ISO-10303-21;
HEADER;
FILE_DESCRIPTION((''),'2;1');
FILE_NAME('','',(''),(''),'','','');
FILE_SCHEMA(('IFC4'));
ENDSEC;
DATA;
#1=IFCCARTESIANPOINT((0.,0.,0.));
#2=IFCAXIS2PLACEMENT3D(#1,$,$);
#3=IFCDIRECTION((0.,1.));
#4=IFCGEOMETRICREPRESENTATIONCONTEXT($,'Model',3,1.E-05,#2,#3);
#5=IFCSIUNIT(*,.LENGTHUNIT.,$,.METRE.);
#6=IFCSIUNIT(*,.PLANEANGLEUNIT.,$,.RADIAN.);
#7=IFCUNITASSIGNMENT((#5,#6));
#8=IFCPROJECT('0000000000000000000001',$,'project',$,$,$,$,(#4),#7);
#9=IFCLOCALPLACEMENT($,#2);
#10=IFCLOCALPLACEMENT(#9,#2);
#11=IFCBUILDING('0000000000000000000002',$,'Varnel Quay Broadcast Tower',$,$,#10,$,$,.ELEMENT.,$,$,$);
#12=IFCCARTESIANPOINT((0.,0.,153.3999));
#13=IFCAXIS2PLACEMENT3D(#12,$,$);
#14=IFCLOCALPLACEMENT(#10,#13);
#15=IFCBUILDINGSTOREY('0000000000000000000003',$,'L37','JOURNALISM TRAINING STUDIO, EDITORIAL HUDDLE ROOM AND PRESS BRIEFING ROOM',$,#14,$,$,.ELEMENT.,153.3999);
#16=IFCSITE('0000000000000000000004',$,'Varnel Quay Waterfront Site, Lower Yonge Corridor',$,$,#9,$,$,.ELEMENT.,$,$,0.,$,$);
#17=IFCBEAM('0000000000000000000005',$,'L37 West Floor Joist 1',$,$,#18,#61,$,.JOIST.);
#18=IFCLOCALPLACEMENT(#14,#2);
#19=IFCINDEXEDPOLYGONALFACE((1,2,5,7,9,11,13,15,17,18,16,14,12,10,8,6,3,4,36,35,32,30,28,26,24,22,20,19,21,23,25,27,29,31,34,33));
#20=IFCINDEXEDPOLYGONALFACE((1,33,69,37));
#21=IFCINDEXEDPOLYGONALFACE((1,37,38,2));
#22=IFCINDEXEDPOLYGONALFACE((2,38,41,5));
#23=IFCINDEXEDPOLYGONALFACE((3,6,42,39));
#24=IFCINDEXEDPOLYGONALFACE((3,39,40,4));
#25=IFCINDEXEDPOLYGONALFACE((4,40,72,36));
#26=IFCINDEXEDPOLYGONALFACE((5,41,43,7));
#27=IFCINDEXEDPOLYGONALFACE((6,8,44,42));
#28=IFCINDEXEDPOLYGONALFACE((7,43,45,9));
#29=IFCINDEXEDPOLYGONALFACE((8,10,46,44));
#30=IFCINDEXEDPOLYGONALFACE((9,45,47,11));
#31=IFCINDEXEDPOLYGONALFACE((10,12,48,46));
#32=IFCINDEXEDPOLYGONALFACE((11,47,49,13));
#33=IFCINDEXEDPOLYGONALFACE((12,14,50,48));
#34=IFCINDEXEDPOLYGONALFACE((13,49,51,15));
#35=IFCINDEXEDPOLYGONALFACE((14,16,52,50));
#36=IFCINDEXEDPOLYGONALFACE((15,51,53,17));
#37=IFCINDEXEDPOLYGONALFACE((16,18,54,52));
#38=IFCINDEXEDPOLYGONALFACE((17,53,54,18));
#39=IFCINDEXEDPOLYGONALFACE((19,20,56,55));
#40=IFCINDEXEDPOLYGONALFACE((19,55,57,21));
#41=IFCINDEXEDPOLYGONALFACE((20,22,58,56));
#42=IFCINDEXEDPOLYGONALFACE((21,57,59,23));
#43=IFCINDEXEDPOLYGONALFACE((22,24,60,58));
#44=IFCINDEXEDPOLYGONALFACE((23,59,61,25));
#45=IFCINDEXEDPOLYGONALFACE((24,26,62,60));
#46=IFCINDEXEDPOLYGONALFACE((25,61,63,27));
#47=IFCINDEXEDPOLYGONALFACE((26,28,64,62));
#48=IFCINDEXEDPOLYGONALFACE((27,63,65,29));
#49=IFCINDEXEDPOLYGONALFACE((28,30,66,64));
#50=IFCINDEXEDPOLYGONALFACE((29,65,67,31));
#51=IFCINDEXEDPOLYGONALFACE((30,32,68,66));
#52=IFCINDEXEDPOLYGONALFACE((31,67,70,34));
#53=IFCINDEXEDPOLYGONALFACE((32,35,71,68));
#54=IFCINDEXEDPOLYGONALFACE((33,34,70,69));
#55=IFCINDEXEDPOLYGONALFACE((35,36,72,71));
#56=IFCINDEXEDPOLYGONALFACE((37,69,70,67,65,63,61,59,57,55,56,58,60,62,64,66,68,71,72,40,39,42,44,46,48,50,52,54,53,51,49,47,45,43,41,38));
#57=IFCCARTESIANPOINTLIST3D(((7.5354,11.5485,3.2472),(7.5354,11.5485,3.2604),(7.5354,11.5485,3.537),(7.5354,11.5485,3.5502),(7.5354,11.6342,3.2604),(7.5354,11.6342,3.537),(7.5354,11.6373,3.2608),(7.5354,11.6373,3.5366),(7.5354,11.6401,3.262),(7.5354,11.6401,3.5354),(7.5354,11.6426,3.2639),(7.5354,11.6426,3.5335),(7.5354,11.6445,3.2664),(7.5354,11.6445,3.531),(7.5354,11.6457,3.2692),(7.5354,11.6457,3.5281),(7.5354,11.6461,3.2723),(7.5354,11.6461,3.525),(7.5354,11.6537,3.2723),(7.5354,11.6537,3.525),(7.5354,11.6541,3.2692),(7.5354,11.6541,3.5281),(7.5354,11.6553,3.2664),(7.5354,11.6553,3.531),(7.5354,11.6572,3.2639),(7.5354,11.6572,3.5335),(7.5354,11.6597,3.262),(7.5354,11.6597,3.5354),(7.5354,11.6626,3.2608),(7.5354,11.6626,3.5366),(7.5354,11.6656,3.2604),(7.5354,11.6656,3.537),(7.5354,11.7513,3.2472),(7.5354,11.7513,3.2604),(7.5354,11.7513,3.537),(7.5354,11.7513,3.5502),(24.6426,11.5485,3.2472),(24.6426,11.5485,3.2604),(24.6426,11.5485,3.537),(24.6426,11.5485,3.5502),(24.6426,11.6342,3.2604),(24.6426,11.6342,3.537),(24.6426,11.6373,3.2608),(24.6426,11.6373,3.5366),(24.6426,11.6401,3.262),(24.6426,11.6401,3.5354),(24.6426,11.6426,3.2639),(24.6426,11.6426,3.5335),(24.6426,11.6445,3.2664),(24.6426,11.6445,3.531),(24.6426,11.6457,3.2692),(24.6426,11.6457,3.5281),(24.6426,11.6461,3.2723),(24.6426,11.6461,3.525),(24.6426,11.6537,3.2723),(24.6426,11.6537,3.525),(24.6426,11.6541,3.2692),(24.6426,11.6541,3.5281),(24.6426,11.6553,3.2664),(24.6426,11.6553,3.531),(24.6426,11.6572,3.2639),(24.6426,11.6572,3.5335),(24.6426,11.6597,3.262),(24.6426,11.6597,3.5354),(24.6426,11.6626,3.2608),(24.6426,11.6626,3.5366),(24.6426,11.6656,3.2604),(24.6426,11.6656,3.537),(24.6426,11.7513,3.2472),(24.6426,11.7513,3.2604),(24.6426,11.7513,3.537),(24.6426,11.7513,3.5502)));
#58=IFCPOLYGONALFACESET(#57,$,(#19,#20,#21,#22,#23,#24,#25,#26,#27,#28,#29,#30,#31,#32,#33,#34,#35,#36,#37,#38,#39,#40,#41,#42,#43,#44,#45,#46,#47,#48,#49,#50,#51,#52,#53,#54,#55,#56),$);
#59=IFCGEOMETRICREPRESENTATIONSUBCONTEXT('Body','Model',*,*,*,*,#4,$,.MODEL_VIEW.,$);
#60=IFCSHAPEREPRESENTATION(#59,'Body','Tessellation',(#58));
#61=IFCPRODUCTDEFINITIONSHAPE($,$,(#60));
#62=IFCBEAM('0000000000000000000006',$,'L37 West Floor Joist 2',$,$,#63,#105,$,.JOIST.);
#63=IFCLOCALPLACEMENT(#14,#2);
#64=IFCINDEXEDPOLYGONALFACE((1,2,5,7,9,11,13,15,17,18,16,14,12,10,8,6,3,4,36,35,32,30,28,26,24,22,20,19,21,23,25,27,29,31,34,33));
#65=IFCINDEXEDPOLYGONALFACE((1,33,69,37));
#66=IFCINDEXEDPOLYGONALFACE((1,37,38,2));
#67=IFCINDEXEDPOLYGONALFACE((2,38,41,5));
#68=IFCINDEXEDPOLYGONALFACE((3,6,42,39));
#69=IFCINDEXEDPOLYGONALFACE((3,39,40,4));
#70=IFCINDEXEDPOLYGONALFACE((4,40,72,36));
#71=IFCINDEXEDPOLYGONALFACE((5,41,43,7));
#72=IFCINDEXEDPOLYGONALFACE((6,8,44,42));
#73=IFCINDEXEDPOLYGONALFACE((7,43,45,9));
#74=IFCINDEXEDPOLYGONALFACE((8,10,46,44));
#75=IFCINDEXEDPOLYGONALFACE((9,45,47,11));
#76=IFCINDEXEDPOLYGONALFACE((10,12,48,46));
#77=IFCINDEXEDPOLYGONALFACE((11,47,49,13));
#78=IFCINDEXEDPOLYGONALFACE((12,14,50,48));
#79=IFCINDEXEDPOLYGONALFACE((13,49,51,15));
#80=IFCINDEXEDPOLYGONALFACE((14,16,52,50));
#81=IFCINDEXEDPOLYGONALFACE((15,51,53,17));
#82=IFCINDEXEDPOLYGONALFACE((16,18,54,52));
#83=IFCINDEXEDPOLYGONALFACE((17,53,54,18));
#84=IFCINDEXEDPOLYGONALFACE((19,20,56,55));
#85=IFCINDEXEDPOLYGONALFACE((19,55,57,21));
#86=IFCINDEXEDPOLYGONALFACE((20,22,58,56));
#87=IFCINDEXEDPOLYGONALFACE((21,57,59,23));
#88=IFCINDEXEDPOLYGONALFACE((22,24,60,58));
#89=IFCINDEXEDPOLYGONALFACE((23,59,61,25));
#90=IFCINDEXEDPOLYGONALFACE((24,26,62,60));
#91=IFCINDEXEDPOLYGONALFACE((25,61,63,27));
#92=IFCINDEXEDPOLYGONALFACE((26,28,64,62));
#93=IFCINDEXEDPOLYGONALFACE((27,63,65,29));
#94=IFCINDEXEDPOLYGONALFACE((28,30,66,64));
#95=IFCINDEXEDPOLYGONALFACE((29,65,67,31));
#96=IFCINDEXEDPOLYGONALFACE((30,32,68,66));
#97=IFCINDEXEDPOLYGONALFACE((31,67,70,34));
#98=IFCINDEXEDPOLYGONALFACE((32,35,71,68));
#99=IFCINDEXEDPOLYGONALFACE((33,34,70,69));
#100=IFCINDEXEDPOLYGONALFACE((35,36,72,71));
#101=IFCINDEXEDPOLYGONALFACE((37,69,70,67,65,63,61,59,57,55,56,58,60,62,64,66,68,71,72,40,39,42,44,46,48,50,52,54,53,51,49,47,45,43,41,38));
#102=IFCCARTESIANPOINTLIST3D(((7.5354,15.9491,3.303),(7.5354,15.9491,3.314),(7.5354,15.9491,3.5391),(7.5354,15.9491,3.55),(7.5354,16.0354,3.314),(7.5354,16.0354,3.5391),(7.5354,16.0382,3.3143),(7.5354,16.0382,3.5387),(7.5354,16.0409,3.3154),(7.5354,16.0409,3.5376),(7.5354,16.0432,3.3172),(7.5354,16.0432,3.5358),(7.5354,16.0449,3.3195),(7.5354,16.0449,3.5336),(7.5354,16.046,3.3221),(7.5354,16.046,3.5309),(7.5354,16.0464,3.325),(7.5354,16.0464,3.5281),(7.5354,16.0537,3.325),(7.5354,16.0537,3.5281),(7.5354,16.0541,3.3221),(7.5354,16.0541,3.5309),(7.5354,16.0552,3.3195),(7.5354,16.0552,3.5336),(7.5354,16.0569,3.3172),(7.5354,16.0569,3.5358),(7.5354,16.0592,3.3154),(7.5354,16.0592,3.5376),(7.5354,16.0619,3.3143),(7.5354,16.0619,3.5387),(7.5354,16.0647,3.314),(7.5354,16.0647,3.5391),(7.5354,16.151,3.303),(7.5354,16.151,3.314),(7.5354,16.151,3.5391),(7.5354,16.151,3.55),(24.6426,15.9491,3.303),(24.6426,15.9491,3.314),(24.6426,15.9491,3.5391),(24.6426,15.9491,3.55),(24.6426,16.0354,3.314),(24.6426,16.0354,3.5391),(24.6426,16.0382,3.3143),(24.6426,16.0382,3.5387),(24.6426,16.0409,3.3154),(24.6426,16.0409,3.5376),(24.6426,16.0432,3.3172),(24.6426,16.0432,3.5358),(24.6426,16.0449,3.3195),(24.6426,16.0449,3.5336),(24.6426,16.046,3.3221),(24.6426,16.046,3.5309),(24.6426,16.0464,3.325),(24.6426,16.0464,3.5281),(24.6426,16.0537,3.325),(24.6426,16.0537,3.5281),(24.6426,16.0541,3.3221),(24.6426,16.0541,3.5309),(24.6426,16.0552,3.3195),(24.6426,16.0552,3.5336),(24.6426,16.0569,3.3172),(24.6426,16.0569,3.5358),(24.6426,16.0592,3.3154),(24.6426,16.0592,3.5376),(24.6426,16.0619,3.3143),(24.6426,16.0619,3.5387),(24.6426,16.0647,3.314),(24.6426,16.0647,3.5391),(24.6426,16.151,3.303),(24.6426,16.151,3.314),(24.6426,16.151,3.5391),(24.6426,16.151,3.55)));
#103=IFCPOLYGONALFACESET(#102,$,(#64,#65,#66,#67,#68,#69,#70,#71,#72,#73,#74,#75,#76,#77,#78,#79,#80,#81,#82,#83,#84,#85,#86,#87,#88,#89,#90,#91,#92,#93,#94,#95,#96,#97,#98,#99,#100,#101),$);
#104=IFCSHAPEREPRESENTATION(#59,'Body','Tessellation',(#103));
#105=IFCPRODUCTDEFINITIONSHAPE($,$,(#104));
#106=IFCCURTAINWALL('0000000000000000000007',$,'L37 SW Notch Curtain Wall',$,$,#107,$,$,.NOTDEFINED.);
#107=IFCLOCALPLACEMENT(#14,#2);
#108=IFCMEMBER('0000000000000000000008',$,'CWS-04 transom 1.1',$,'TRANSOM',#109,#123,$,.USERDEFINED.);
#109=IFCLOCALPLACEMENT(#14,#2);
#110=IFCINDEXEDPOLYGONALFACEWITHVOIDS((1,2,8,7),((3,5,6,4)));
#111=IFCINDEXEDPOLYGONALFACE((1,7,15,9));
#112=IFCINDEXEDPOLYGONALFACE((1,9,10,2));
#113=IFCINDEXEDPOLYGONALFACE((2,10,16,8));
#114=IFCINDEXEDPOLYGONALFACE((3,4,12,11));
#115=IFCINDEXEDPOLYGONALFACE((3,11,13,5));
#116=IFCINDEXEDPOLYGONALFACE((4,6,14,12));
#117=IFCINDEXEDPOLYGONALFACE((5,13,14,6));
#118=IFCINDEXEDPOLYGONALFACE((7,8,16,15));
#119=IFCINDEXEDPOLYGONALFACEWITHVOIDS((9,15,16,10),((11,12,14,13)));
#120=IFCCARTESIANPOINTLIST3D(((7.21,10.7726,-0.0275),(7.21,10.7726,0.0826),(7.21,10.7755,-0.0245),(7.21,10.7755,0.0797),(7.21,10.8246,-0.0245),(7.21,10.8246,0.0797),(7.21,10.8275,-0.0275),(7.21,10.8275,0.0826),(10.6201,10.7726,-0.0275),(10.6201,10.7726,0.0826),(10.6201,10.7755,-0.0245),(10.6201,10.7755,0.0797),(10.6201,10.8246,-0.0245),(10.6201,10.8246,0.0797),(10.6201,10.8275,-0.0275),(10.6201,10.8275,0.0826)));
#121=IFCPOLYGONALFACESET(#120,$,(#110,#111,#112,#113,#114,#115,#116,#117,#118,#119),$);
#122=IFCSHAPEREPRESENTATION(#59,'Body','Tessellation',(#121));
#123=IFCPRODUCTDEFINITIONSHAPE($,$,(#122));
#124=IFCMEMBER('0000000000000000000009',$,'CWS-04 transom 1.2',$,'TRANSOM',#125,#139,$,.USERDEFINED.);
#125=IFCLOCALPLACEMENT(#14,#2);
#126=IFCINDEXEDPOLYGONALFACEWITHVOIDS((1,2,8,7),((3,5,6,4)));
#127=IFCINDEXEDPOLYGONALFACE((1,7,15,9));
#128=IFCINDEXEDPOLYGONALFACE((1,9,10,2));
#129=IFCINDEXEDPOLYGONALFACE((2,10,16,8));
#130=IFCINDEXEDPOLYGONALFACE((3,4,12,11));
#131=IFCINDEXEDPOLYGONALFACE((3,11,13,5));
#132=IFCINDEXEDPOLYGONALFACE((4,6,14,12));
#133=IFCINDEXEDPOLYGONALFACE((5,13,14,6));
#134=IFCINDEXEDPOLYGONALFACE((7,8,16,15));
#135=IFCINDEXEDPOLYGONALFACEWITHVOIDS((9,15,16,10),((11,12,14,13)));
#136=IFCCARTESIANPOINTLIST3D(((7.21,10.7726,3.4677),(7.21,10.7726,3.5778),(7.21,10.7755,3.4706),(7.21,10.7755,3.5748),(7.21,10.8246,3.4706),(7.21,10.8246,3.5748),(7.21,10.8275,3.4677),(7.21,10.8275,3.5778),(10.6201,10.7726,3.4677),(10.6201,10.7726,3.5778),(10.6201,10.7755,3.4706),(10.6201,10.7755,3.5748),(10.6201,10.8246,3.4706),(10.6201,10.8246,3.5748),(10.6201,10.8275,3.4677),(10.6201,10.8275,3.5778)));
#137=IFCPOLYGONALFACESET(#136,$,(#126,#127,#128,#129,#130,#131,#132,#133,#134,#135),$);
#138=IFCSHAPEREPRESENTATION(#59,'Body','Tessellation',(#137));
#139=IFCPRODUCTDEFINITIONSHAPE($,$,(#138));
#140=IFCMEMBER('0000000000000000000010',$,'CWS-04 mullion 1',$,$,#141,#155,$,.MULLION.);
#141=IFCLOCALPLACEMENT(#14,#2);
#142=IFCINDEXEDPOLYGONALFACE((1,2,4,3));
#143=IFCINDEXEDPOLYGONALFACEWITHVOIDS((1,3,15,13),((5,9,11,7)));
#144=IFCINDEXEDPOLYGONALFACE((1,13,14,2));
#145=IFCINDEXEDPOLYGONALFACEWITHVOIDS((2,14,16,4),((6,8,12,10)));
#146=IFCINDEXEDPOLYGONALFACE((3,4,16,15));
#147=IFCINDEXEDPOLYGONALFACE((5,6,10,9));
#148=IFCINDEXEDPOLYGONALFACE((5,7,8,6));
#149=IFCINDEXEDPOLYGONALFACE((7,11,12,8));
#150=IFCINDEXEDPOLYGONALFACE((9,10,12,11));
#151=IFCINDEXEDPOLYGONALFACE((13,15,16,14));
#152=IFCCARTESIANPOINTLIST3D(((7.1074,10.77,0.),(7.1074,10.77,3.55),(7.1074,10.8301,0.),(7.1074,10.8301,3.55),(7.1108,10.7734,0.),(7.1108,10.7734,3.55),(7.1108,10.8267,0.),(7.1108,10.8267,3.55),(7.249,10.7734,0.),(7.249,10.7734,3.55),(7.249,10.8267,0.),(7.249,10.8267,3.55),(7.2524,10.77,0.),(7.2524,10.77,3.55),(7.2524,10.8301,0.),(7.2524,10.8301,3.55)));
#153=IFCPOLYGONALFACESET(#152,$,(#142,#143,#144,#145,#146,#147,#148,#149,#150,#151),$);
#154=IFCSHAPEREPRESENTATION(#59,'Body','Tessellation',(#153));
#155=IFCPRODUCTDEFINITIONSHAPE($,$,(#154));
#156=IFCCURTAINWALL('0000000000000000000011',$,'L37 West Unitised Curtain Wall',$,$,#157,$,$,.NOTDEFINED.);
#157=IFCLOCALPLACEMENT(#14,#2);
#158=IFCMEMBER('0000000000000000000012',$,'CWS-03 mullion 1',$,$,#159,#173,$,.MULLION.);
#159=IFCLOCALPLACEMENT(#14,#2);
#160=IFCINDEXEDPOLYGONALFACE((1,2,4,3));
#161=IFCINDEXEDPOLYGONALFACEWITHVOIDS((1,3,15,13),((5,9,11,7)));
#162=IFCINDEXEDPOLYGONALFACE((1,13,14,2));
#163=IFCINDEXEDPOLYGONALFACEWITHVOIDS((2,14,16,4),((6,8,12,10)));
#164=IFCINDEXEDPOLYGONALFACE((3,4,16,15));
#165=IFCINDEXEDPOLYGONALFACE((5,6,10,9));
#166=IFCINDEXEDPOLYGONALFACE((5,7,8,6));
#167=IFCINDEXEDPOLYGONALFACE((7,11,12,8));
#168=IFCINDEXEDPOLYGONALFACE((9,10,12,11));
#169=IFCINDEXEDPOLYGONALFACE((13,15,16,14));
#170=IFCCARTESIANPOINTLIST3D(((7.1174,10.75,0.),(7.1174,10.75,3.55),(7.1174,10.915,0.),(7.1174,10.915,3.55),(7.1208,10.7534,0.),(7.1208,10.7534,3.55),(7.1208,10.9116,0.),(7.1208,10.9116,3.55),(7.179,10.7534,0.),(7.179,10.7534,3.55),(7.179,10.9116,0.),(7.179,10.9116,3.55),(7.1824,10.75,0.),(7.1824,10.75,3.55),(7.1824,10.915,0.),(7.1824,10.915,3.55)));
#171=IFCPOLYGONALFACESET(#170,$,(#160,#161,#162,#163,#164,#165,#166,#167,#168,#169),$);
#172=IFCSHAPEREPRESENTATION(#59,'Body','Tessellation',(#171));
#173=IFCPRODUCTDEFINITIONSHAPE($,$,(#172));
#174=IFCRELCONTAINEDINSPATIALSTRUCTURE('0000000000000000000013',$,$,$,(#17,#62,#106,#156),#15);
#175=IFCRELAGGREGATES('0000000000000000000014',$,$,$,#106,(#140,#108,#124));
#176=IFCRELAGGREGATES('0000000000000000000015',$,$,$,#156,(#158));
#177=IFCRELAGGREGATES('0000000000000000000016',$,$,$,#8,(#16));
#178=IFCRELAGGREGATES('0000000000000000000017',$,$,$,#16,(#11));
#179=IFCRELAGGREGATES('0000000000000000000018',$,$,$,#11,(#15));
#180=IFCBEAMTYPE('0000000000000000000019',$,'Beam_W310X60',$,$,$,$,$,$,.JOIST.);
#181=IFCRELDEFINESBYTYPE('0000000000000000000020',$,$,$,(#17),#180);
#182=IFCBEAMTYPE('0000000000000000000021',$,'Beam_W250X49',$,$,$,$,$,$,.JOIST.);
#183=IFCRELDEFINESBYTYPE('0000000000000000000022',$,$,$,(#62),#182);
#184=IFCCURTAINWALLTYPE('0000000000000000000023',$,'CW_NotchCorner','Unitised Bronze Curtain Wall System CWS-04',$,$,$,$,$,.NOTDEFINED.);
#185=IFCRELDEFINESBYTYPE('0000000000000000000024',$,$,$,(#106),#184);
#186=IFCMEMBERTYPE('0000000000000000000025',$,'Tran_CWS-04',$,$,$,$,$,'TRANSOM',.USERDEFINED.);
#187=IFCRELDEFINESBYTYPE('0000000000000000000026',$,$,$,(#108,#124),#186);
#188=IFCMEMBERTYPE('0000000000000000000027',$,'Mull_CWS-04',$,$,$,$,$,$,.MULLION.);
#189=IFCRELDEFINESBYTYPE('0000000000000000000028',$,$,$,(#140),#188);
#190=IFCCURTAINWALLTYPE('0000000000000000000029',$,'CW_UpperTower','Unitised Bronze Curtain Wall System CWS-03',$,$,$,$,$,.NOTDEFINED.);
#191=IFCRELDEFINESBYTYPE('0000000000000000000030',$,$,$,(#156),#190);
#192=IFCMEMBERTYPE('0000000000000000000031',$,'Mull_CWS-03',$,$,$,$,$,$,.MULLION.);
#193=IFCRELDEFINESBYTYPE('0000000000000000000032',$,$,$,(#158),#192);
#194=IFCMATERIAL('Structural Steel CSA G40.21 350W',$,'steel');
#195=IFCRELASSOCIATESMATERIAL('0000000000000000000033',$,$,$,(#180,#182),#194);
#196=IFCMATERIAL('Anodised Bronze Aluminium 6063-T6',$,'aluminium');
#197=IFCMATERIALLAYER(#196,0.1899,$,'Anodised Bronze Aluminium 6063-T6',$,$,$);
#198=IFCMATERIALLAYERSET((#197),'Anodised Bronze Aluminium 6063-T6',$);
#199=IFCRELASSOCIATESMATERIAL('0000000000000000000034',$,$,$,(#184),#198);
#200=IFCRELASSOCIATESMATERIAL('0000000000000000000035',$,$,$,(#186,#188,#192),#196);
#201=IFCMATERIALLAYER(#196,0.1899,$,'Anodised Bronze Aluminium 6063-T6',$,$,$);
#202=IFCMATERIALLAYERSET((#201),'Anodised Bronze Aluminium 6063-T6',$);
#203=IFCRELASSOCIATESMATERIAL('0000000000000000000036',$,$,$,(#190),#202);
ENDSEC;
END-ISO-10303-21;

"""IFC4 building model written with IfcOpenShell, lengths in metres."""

from ifc_helpers import new_model, si_unit, direction, frame, origin, origin_2d, place, context, subcontext, project, spatial, hollow_rectangle, i_section, extrude, source, transform, mapped, material, layer, layer_set, material_profile, profile_set, type_object, type_shapes, element, aggregate, save


model = new_model("IFC4")

# Units and contexts
model_context = context("Model", 3, precision=1e-05, world=origin(), true_north=direction((0.0, 1.0)))
body_context = subcontext(model_context, "Body", "Model", "MODEL_VIEW")
ifc_project = project(units=[si_unit("LENGTHUNIT", "METRE"), si_unit("PLANEANGLEUNIT", "RADIAN")], contexts=[model_context])

# Site, building, storey
site_placement = place(None, origin())
site = spatial("IfcSite", under=ifc_project, at=site_placement, Name="Varnel Quay Waterfront Site, Lower Yonge Corridor", CompositionType="ELEMENT", RefElevation=0.0)
building_placement = place(site_placement, origin())
building = spatial("IfcBuilding", under=site, at=building_placement, Name="Varnel Quay Broadcast Tower", CompositionType="ELEMENT")
storey_placement = place(building_placement, frame((0.0, 0.0, 153.3999)))
storey = spatial("IfcBuildingStorey", under=building, at=storey_placement, Name="L37", Description="JOURNALISM TRAINING STUDIO, EDITORIAL HUDDLE ROOM AND PRESS BRIEFING ROOM", CompositionType="ELEMENT", Elevation=153.3999)

# Shared definitions
ifc_material_1 = material(Name="Structural Steel CSA G40.21 350W", Category="steel")

# Beams
ifc_material_profile_1 = material_profile(ifc_material_1, i_section(OverallWidth=0.2029, OverallDepth=0.303, WebThickness=0.0076, FlangeThickness=0.0132, FilletRadius=0.012, at=origin_2d()), Name="W310X60")
ifc_profile_set_1 = profile_set([ifc_material_profile_1], Name="Structural Steel CSA G40.21 350W")
beam_type_1 = type_object("IfcBeamType", Name="Beam_W310X60", PredefinedType="JOIST", material=ifc_profile_set_1)
shared_shape_1 = source(origin(), body_context, "Body", "SweptSolid", [
    extrude(i_section(OverallWidth=0.2029, OverallDepth=0.303, WebThickness=0.0076, FlangeThickness=0.0132, FilletRadius=0.012, at=origin_2d()), origin(), (0.0, 0.0, 1.0), 17.1072),
])
type_shapes(beam_type_1, [shared_shape_1])
beam_1_placement = place(storey_placement, frame((7.5354, 11.6499, 3.3987), z_axis=(1.0, 0.0, 0.0), x_axis=(0.0, 1.0, 0.0)))
element("IfcBeam", 1, at=beam_1_placement, inside=storey, type_object=beam_type_1, Name="L37 West Floor Joist 1", PredefinedType="JOIST", context=body_context, shape_type="MappedRepresentation", body=[
    mapped(shared_shape_1, transform((0.0, 0.0, 0.0), x_axis=(1.0, 0.0, 0.0), y_axis=(0.0, 1.0, 0.0), z_axis=(0.0, 0.0, 1.0), scale=1.0)),
])
ifc_material_profile_2 = material_profile(ifc_material_1, i_section(OverallWidth=0.2019, OverallDepth=0.2471, WebThickness=0.0073, FlangeThickness=0.011, FilletRadius=0.011, at=origin_2d()), Name="W250X49")
ifc_profile_set_2 = profile_set([ifc_material_profile_2], Name="Structural Steel CSA G40.21 350W")
beam_type_2 = type_object("IfcBeamType", Name="Beam_W250X49", PredefinedType="JOIST", material=ifc_profile_set_2)
shared_shape_2 = source(origin(), body_context, "Body", "SweptSolid", [
    extrude(i_section(OverallWidth=0.2019, OverallDepth=0.2471, WebThickness=0.0073, FlangeThickness=0.011, FilletRadius=0.011, at=origin_2d()), origin(), (0.0, 0.0, 1.0), 17.1072),
])
type_shapes(beam_type_2, [shared_shape_2])
beam_2_placement = place(storey_placement, frame((7.5354, 16.05, 3.4265), z_axis=(1.0, 0.0, 0.0), x_axis=(0.0, 1.0, 0.0)))
element("IfcBeam", 2, at=beam_2_placement, inside=storey, type_object=beam_type_2, Name="L37 West Floor Joist 2", PredefinedType="JOIST", context=body_context, shape_type="MappedRepresentation", body=[
    mapped(shared_shape_2, transform((0.0, 0.0, 0.0), x_axis=(1.0, 0.0, 0.0), y_axis=(0.0, 1.0, 0.0), z_axis=(0.0, 0.0, 1.0), scale=1.0)),
])

# Curtain walls, members
ifc_material_2 = material(Name="Anodised Bronze Aluminium 6063-T6", Category="aluminium")
ifc_layer_1 = layer(ifc_material_2, 0.1899, Name="Anodised Bronze Aluminium 6063-T6")
ifc_layer_set_1 = layer_set([ifc_layer_1], Name="Anodised Bronze Aluminium 6063-T6")
curtain_wall_type_1 = type_object("IfcCurtainWallType", Name="CW_NotchCorner", Description="Unitised Bronze Curtain Wall System CWS-04", PredefinedType="NOTDEFINED", material=ifc_layer_set_1)
curtain_wall_1_placement = place(storey_placement, origin())
curtain_wall_1 = element("IfcCurtainWall", 3, at=curtain_wall_1_placement, inside=storey, type_object=curtain_wall_type_1, Name="L37 SW Notch Curtain Wall", PredefinedType="NOTDEFINED")
ifc_material_profile_3 = material_profile(ifc_material_2, hollow_rectangle(XDim=0.0549, YDim=0.1101, WallThickness=0.0029, at=origin_2d()), Name="ALU55X110X3")
ifc_profile_set_3 = profile_set([ifc_material_profile_3], Name="Anodised Bronze Aluminium 6063-T6")
member_type_1 = type_object("IfcMemberType", Name="Tran_CWS-04", ElementType="TRANSOM", PredefinedType="USERDEFINED", material=ifc_profile_set_3)
shared_shape_3 = source(origin(), body_context, "Body", "SweptSolid", [
    extrude(hollow_rectangle(XDim=0.0549, YDim=0.1101, WallThickness=0.0029, at=origin_2d()), origin(), (0.0, 0.0, 1.0), 3.4102),
])
type_shapes(member_type_1, [shared_shape_3])
member_1_placement = place(storey_placement, frame((7.21, 10.8, 0.0276), z_axis=(1.0, 0.0, 0.0), x_axis=(0.0, 1.0, 0.0)))
member_1 = element("IfcMember", 4, at=member_1_placement, type_object=member_type_1, Name="CWS-04 transom 1.1", ObjectType="TRANSOM", PredefinedType="USERDEFINED", context=body_context, shape_type="MappedRepresentation", body=[
    mapped(shared_shape_3, transform((0.0, 0.0, 0.0), x_axis=(1.0, 0.0, 0.0), y_axis=(0.0, 1.0, 0.0), z_axis=(0.0, 0.0, 1.0), scale=1.0)),
])
member_2_placement = place(storey_placement, frame((7.21, 10.8, 3.5227), z_axis=(1.0, 0.0, 0.0), x_axis=(0.0, 1.0, 0.0)))
member_2 = element("IfcMember", 5, at=member_2_placement, type_object=member_type_1, Name="CWS-04 transom 1.2", ObjectType="TRANSOM", PredefinedType="USERDEFINED", context=body_context, shape_type="MappedRepresentation", body=[
    mapped(shared_shape_3, transform((0.0, 0.0, 0.0), x_axis=(1.0, 0.0, 0.0), y_axis=(0.0, 1.0, 0.0), z_axis=(0.0, 0.0, 1.0), scale=1.0)),
])
ifc_material_profile_4 = material_profile(ifc_material_2, hollow_rectangle(XDim=0.0601, YDim=0.145, WallThickness=0.0034, at=origin_2d()), Name="ALU60X145X3.5")
ifc_profile_set_4 = profile_set([ifc_material_profile_4], Name="Anodised Bronze Aluminium 6063-T6")
member_type_2 = type_object("IfcMemberType", Name="Mull_CWS-04", PredefinedType="MULLION", material=ifc_profile_set_4)
shared_shape_4 = source(origin(), body_context, "Body", "SweptSolid", [
    extrude(hollow_rectangle(XDim=0.0601, YDim=0.145, WallThickness=0.0034, at=origin_2d()), origin(), (0.0, 0.0, 1.0), 3.55),
])
type_shapes(member_type_2, [shared_shape_4])
member_3_placement = place(storey_placement, frame((7.1799, 10.8, 0.0), z_axis=(0.0, 0.0, 1.0), x_axis=(0.0, 1.0, 0.0)))
member_3 = element("IfcMember", 6, at=member_3_placement, type_object=member_type_2, Name="CWS-04 mullion 1", PredefinedType="MULLION", context=body_context, shape_type="MappedRepresentation", body=[
    mapped(shared_shape_4, transform((0.0, 0.0, 0.0), x_axis=(1.0, 0.0, 0.0), y_axis=(0.0, 1.0, 0.0), z_axis=(0.0, 0.0, 1.0), scale=1.0)),
])
ifc_layer_2 = layer(ifc_material_2, 0.1899, Name="Anodised Bronze Aluminium 6063-T6")
ifc_layer_set_2 = layer_set([ifc_layer_2], Name="Anodised Bronze Aluminium 6063-T6")
curtain_wall_type_2 = type_object("IfcCurtainWallType", Name="CW_UpperTower", Description="Unitised Bronze Curtain Wall System CWS-03", PredefinedType="NOTDEFINED", material=ifc_layer_set_2)
curtain_wall_2_placement = place(storey_placement, origin())
curtain_wall_2 = element("IfcCurtainWall", 7, at=curtain_wall_2_placement, inside=storey, type_object=curtain_wall_type_2, Name="L37 West Unitised Curtain Wall", PredefinedType="NOTDEFINED")
ifc_material_profile_5 = material_profile(ifc_material_2, hollow_rectangle(XDim=0.0649, YDim=0.165, WallThickness=0.0034, at=origin_2d()), Name="ALU65X165X3.5")
ifc_profile_set_5 = profile_set([ifc_material_profile_5], Name="Anodised Bronze Aluminium 6063-T6")
member_type_3 = type_object("IfcMemberType", Name="Mull_CWS-03", PredefinedType="MULLION", material=ifc_profile_set_5)
shared_shape_5 = source(origin(), body_context, "Body", "SweptSolid", [
    extrude(hollow_rectangle(XDim=0.0649, YDim=0.165, WallThickness=0.0034, at=origin_2d()), origin(), (0.0, 0.0, 1.0), 3.55),
])
type_shapes(member_type_3, [shared_shape_5])
member_4_placement = place(storey_placement, frame((7.1499, 10.8325, 0.0), z_axis=(0.0, 0.0, 1.0), x_axis=(-1.0, 0.0, 0.0)))
member_4 = element("IfcMember", 8, at=member_4_placement, type_object=member_type_3, Name="CWS-03 mullion 1", PredefinedType="MULLION", context=body_context, shape_type="MappedRepresentation", body=[
    mapped(shared_shape_5, transform((0.0, 0.0, 0.0), x_axis=(1.0, 0.0, 0.0), y_axis=(0.0, 1.0, 0.0), z_axis=(0.0, 0.0, 1.0), scale=1.0)),
])

aggregate(curtain_wall_1, [member_3, member_1, member_2])
aggregate(curtain_wall_2, [member_4])

save(model, "model.ifc")
